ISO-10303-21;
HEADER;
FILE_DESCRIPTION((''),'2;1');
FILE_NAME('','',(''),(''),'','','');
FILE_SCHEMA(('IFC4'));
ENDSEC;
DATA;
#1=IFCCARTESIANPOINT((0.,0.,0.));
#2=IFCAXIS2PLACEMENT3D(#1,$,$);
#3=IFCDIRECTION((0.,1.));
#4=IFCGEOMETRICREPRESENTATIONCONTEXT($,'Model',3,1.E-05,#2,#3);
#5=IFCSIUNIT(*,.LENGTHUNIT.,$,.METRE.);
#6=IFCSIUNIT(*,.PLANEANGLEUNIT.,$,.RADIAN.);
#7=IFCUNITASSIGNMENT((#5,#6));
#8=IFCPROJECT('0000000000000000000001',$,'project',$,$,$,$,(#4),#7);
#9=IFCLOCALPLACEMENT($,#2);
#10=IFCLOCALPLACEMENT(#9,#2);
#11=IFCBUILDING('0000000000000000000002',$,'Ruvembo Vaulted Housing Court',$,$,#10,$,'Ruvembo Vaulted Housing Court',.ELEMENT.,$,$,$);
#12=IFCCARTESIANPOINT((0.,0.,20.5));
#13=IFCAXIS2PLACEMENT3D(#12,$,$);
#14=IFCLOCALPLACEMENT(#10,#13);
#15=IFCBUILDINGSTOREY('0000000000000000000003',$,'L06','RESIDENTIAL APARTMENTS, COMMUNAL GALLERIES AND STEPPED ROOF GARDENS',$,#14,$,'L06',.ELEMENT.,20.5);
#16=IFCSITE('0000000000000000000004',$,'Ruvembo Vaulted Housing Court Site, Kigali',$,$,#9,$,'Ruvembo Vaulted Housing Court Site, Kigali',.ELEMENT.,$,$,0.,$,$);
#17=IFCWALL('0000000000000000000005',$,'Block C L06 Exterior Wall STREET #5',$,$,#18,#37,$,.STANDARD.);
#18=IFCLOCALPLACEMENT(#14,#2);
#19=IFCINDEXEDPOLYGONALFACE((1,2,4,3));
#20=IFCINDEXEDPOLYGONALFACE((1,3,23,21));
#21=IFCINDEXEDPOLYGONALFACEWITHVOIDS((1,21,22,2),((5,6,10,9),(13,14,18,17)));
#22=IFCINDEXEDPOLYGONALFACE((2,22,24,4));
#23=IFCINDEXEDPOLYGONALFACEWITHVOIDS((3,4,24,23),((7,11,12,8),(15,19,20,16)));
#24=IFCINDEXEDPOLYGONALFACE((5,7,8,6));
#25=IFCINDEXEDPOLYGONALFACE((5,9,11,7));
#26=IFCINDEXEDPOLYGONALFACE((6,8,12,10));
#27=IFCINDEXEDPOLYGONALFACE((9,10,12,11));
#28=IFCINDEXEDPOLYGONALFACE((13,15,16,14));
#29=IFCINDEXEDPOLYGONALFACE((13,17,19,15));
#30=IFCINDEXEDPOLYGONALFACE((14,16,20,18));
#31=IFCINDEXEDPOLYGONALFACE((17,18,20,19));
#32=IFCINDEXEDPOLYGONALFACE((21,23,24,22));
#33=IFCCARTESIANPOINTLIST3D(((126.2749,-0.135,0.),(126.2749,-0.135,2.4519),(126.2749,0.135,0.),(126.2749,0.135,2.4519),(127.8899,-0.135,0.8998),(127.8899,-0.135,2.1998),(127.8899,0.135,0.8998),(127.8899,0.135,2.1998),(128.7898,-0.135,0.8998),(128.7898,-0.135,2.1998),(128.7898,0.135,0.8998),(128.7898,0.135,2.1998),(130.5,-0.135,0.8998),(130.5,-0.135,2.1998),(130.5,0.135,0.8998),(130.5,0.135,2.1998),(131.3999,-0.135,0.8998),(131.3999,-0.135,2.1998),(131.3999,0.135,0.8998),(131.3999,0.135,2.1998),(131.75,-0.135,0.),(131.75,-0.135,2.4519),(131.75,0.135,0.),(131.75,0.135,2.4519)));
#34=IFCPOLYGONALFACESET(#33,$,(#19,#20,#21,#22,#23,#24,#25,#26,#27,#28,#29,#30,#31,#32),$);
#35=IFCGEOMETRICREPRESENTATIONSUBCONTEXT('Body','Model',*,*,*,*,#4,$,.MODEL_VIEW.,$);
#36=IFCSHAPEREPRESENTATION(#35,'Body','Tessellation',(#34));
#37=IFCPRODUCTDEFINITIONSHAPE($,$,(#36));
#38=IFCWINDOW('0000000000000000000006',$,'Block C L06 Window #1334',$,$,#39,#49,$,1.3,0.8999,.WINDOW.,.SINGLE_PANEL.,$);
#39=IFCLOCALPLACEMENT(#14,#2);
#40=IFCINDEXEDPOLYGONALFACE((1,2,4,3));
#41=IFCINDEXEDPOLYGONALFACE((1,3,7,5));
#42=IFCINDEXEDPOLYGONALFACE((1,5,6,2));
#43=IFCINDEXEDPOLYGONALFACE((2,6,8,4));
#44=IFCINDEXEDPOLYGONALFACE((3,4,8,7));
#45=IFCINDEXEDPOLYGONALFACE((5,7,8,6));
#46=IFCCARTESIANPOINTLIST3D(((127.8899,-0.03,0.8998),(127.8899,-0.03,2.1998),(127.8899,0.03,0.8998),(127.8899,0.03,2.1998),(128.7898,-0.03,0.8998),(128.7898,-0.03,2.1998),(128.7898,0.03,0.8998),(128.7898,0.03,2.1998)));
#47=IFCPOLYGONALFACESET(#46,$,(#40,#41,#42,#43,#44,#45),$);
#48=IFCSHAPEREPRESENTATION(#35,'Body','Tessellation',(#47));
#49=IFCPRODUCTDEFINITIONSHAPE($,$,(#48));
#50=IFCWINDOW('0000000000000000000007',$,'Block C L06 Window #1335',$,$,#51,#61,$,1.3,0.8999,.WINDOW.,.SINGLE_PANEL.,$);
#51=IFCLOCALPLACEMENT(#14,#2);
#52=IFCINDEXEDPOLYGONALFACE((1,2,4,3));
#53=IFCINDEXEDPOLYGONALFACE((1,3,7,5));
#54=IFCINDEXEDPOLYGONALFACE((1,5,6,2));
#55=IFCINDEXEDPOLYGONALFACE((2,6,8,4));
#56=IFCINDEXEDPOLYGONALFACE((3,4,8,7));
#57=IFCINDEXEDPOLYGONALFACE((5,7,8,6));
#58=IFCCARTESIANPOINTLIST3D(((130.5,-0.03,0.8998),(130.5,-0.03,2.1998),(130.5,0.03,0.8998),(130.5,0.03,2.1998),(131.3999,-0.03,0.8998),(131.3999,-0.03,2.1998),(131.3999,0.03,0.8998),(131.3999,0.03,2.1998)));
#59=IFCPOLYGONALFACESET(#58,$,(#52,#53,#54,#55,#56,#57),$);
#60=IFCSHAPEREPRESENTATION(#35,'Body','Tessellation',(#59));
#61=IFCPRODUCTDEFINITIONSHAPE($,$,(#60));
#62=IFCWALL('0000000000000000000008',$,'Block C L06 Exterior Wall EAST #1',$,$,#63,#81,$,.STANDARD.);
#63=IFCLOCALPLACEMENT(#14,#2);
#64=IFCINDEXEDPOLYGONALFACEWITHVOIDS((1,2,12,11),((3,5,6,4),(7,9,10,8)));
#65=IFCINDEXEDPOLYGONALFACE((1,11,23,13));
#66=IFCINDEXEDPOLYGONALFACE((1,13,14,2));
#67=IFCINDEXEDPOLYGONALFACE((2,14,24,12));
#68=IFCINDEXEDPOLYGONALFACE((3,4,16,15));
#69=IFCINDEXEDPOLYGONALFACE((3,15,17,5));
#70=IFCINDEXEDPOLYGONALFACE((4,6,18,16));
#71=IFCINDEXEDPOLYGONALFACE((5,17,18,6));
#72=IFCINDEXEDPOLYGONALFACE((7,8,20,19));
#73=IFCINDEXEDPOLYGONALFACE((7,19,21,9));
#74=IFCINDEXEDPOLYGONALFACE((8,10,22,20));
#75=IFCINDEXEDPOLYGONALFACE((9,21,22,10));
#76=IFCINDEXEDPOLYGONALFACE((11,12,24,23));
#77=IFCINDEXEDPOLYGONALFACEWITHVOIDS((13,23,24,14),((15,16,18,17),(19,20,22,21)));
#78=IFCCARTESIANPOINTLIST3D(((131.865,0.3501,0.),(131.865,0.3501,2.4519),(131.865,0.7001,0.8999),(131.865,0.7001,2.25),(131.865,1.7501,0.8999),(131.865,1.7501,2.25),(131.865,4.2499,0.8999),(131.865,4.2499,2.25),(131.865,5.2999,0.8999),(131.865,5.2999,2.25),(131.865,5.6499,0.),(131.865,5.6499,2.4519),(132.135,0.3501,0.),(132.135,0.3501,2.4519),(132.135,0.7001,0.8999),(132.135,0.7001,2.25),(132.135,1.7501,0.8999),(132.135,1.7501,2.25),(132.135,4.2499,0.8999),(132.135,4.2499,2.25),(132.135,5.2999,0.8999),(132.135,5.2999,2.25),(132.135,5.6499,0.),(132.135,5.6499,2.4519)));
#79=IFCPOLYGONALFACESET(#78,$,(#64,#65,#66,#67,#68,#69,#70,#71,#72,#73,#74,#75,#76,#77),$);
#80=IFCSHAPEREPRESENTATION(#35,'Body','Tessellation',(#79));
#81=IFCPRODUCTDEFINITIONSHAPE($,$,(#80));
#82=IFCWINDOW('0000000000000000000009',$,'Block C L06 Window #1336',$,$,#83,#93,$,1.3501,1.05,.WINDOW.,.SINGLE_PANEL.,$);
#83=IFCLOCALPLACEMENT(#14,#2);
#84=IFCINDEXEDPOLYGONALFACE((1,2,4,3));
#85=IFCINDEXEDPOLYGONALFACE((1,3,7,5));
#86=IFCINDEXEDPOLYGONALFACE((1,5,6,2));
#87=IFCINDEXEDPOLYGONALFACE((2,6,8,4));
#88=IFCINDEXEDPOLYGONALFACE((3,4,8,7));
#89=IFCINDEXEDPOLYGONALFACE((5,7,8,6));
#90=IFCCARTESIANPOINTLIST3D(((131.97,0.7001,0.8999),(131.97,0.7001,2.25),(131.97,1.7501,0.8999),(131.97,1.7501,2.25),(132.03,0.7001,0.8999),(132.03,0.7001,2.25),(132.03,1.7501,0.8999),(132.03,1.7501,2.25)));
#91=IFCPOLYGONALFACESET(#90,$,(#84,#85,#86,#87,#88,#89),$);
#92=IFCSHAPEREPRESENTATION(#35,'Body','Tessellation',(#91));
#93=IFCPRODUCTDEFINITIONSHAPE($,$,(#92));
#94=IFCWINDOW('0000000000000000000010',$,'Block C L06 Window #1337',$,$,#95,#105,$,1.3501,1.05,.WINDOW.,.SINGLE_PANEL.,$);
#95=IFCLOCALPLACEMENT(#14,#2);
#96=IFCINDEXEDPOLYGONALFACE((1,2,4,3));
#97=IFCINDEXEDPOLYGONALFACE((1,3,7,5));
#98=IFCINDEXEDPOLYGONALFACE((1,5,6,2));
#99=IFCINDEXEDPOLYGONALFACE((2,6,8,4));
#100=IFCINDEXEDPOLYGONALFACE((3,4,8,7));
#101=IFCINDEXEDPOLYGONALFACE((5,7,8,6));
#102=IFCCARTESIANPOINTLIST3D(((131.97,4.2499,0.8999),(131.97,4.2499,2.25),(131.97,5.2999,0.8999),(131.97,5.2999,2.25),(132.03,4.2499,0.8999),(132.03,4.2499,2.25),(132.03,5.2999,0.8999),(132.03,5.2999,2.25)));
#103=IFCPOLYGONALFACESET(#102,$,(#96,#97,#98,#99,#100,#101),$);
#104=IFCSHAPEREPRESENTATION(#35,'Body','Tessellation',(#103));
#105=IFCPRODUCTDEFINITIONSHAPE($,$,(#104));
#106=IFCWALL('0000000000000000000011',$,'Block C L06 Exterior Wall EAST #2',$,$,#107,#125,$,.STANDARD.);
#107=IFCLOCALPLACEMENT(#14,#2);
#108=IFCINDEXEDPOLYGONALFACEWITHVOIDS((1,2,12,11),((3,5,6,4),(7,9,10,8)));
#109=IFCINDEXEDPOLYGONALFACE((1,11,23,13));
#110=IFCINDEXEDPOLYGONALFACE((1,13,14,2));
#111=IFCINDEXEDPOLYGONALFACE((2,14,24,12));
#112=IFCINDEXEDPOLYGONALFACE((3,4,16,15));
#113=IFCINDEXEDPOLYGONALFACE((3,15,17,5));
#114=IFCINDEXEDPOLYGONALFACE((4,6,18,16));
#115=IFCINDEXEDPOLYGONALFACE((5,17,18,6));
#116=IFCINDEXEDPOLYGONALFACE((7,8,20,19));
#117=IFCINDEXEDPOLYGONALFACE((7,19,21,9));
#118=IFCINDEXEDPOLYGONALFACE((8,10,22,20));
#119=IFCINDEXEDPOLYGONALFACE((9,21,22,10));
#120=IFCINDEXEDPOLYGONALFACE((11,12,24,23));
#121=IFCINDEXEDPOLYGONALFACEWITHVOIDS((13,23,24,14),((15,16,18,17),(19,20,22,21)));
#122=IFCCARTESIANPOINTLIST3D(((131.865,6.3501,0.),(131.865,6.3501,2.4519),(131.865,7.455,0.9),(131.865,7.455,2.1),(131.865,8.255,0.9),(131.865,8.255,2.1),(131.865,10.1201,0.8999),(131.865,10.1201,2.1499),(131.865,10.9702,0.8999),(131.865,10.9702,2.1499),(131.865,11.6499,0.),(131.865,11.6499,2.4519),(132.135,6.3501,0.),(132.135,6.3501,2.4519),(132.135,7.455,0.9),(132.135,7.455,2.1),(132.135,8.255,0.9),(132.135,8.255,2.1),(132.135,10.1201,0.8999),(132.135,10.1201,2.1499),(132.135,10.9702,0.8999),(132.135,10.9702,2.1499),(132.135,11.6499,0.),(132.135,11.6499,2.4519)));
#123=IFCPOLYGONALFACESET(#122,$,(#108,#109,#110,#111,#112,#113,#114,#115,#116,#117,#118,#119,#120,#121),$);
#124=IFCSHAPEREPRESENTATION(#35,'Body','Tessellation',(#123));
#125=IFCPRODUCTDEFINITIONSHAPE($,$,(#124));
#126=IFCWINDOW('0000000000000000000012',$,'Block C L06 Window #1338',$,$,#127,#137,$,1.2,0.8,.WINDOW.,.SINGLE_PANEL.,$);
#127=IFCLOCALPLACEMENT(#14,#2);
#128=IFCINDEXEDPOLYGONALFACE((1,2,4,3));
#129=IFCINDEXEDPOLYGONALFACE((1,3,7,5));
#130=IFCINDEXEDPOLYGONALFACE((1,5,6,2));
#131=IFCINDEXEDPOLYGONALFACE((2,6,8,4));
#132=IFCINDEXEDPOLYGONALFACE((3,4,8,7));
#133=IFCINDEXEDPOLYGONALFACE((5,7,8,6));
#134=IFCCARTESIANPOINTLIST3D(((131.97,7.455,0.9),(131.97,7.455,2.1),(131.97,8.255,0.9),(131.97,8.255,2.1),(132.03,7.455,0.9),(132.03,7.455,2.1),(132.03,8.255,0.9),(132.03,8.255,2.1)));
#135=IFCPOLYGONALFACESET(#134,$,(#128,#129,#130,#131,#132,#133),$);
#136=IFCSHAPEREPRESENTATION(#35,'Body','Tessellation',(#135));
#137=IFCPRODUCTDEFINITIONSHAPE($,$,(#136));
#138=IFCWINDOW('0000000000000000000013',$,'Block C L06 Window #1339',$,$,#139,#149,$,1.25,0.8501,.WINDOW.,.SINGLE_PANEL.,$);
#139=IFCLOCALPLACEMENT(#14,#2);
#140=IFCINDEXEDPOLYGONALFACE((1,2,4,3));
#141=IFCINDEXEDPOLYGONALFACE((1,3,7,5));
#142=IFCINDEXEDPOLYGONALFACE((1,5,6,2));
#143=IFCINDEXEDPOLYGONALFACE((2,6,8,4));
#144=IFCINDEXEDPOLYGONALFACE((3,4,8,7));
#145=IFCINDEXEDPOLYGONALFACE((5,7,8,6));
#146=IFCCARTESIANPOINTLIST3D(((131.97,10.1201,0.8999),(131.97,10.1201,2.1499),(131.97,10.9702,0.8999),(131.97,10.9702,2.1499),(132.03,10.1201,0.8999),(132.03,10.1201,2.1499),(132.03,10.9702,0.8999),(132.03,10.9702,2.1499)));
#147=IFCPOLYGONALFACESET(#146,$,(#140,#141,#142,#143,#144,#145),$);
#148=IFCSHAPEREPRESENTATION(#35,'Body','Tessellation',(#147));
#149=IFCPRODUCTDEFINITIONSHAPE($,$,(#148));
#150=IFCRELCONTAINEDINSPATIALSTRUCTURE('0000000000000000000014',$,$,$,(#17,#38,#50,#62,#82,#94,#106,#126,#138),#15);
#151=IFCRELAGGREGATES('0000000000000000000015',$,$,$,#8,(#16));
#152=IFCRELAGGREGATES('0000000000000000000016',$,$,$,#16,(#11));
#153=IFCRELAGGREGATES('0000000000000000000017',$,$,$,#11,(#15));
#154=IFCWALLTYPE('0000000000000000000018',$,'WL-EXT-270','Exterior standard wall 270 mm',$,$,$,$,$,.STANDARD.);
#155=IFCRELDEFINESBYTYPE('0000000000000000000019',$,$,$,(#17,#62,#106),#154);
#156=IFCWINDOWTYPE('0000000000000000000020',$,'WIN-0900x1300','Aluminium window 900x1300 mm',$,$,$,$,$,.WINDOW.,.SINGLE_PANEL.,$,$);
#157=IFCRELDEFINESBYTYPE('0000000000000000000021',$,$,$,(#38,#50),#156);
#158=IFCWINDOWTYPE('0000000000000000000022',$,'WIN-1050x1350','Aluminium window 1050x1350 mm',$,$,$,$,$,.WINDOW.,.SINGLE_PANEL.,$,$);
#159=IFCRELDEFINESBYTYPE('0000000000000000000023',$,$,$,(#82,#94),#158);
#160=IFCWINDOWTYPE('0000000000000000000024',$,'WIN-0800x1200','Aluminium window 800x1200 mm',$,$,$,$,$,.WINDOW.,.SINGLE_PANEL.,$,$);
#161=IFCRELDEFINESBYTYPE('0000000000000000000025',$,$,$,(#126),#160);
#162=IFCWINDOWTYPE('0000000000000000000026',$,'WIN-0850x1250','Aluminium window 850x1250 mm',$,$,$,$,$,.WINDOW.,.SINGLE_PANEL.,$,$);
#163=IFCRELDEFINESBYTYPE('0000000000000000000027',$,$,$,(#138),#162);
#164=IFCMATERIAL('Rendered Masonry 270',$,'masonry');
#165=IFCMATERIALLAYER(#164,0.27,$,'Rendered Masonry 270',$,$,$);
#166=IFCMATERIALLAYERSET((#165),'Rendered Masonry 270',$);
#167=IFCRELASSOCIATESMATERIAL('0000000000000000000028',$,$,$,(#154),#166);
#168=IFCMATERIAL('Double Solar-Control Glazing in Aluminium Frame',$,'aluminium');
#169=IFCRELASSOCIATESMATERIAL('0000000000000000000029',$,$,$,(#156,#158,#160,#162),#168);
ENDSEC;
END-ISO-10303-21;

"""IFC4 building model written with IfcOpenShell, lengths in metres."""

from ifc_helpers import new_model, si_unit, direction, frame, frame_2d, origin, place, context, subcontext, project, spatial, rectangle, extrude, material, layer, layer_set, type_object, element, fill, save


model = new_model("IFC4")

# Units and contexts
model_context = context("Model", 3, precision=1e-05, world=origin(), true_north=direction((0.0, 1.0)))
body_context = subcontext(model_context, "Body", "Model", "MODEL_VIEW")
ifc_project = project(units=[si_unit("LENGTHUNIT", "METRE"), si_unit("PLANEANGLEUNIT", "RADIAN")], contexts=[model_context])

# Site, building, storey
site_placement = place(None, origin())
site = spatial("IfcSite", under=ifc_project, at=site_placement, Name="Ruvembo Vaulted Housing Court Site, Kigali", LongName="Ruvembo Vaulted Housing Court Site, Kigali", CompositionType="ELEMENT", RefElevation=0.0)
building_placement = place(site_placement, origin())
building = spatial("IfcBuilding", under=site, at=building_placement, Name="Ruvembo Vaulted Housing Court", LongName="Ruvembo Vaulted Housing Court", CompositionType="ELEMENT")
storey_placement = place(building_placement, frame((0.0, 0.0, 20.5)))
storey = spatial("IfcBuildingStorey", under=building, at=storey_placement, Name="L06", Description="RESIDENTIAL APARTMENTS, COMMUNAL GALLERIES AND STEPPED ROOF GARDENS", LongName="L06", CompositionType="ELEMENT", Elevation=20.5)

# Walls, openings, windows
ifc_material_1 = material(Name="Rendered Masonry 270", Category="masonry")
ifc_layer_1 = layer(ifc_material_1, 0.27, Name="Rendered Masonry 270")
ifc_layer_set_1 = layer_set([ifc_layer_1], Name="Rendered Masonry 270")
wall_type_1 = type_object("IfcWallType", Name="WL-EXT-270", Description="Exterior standard wall 270 mm", PredefinedType="STANDARD", material=ifc_layer_set_1)
wall_1_placement = place(storey_placement, frame((126.2749, 0.0, 0.0), z_axis=(0.0, 0.0, 1.0), x_axis=(1.0, 0.0, 0.0)))
wall_1 = element("IfcWall", 1, at=wall_1_placement, inside=storey, type_object=wall_type_1, Name="Block C L06 Exterior Wall STREET #5", PredefinedType="STANDARD", context=body_context, shape_type="SweptSolid", body=[
    extrude(rectangle(XDim=5.4751, YDim=0.27, at=frame_2d((2.7375, 0.0))), origin(), (0.0, 0.0, 1.0), 2.4519),
])
opening_1_placement = place(wall_1_placement, frame((1.615, 0.0, 0.8999)))
opening_1 = element("IfcOpeningElement", 2, at=opening_1_placement, cuts=wall_1, PredefinedType="OPENING", context=body_context, shape_type="SweptSolid", body=[
    extrude(rectangle(XDim=0.8999, YDim=1.3, at=frame_2d((0.45, 0.6499))), frame((0.0, 0.145, 0.0), z_axis=(0.0, -1.0, 0.0), x_axis=(1.0, 0.0, 0.0)), (0.0, 0.0, 1.0), 0.29),
])
opening_2_placement = place(wall_1_placement, frame((4.2251, 0.0, 0.8999)))
opening_2 = element("IfcOpeningElement", 3, at=opening_2_placement, cuts=wall_1, PredefinedType="OPENING", context=body_context, shape_type="SweptSolid", body=[
    extrude(rectangle(XDim=0.8999, YDim=1.3, at=frame_2d((0.45, 0.6499))), frame((0.0, 0.145, 0.0), z_axis=(0.0, -1.0, 0.0), x_axis=(1.0, 0.0, 0.0)), (0.0, 0.0, 1.0), 0.29),
])
ifc_material_2 = material(Name="Double Solar-Control Glazing in Aluminium Frame", Category="aluminium")
window_type_1 = type_object("IfcWindowType", Name="WIN-0900x1300", Description="Aluminium window 900x1300 mm", PartitioningType="SINGLE_PANEL", PredefinedType="WINDOW", material=ifc_material_2)
window_1_placement = place(opening_1_placement, origin())
window_1 = element("IfcWindow", 4, at=window_1_placement, inside=storey, type_object=window_type_1, Name="Block C L06 Window #1334", OverallHeight=1.3, OverallWidth=0.8999, PartitioningType="SINGLE_PANEL", PredefinedType="WINDOW", context=body_context, shape_type="SweptSolid", body=[
    extrude(rectangle(XDim=0.8999, YDim=1.3, at=frame_2d((0.45, 0.6499))), frame((0.0, 0.03, 0.0), z_axis=(0.0, -1.0, 0.0), x_axis=(1.0, 0.0, 0.0)), (0.0, 0.0, 1.0), 0.0601),
])
fill(opening_1, window_1)
window_2_placement = place(opening_2_placement, origin())
window_2 = element("IfcWindow", 5, at=window_2_placement, inside=storey, type_object=window_type_1, Name="Block C L06 Window #1335", OverallHeight=1.3, OverallWidth=0.8999, PartitioningType="SINGLE_PANEL", PredefinedType="WINDOW", context=body_context, shape_type="SweptSolid", body=[
    extrude(rectangle(XDim=0.8999, YDim=1.3, at=frame_2d((0.45, 0.6499))), frame((0.0, 0.03, 0.0), z_axis=(0.0, -1.0, 0.0), x_axis=(1.0, 0.0, 0.0)), (0.0, 0.0, 1.0), 0.0601),
])
fill(opening_2, window_2)
wall_2_placement = place(storey_placement, frame((132.0, 0.3501, 0.0), z_axis=(0.0, 0.0, 1.0), x_axis=(0.0, 1.0, 0.0)))
wall_2 = element("IfcWall", 6, at=wall_2_placement, inside=storey, type_object=wall_type_1, Name="Block C L06 Exterior Wall EAST #1", PredefinedType="STANDARD", context=body_context, shape_type="SweptSolid", body=[
    extrude(rectangle(XDim=5.2998, YDim=0.27, at=frame_2d((2.6499, 0.0))), origin(), (0.0, 0.0, 1.0), 2.4519),
])
opening_3_placement = place(wall_2_placement, frame((0.3501, 0.0, 0.8999)))
opening_3 = element("IfcOpeningElement", 7, at=opening_3_placement, cuts=wall_2, PredefinedType="OPENING", context=body_context, shape_type="SweptSolid", body=[
    extrude(rectangle(XDim=1.05, YDim=1.3501, at=frame_2d((0.5249, 0.675))), frame((0.0, 0.145, 0.0), z_axis=(0.0, -1.0, 0.0), x_axis=(1.0, 0.0, 0.0)), (0.0, 0.0, 1.0), 0.29),
])
opening_4_placement = place(wall_2_placement, frame((3.8999, 0.0, 0.8999)))
opening_4 = element("IfcOpeningElement", 8, at=opening_4_placement, cuts=wall_2, PredefinedType="OPENING", context=body_context, shape_type="SweptSolid", body=[
    extrude(rectangle(XDim=1.05, YDim=1.3501, at=frame_2d((0.5249, 0.675))), frame((0.0, 0.145, 0.0), z_axis=(0.0, -1.0, 0.0), x_axis=(1.0, 0.0, 0.0)), (0.0, 0.0, 1.0), 0.29),
])
window_type_2 = type_object("IfcWindowType", Name="WIN-1050x1350", Description="Aluminium window 1050x1350 mm", PartitioningType="SINGLE_PANEL", PredefinedType="WINDOW", material=ifc_material_2)
window_3_placement = place(opening_3_placement, origin())
window_3 = element("IfcWindow", 9, at=window_3_placement, inside=storey, type_object=window_type_2, Name="Block C L06 Window #1336", OverallHeight=1.3501, OverallWidth=1.05, PartitioningType="SINGLE_PANEL", PredefinedType="WINDOW", context=body_context, shape_type="SweptSolid", body=[
    extrude(rectangle(XDim=1.05, YDim=1.3501, at=frame_2d((0.5249, 0.675))), frame((0.0, 0.03, 0.0), z_axis=(0.0, -1.0, 0.0), x_axis=(1.0, 0.0, 0.0)), (0.0, 0.0, 1.0), 0.0601),
])
fill(opening_3, window_3)
window_4_placement = place(opening_4_placement, origin())
window_4 = element("IfcWindow", 10, at=window_4_placement, inside=storey, type_object=window_type_2, Name="Block C L06 Window #1337", OverallHeight=1.3501, OverallWidth=1.05, PartitioningType="SINGLE_PANEL", PredefinedType="WINDOW", context=body_context, shape_type="SweptSolid", body=[
    extrude(rectangle(XDim=1.05, YDim=1.3501, at=frame_2d((0.5249, 0.675))), frame((0.0, 0.03, 0.0), z_axis=(0.0, -1.0, 0.0), x_axis=(1.0, 0.0, 0.0)), (0.0, 0.0, 1.0), 0.0601),
])
fill(opening_4, window_4)
wall_3_placement = place(storey_placement, frame((132.0, 6.3501, 0.0), z_axis=(0.0, 0.0, 1.0), x_axis=(0.0, 1.0, 0.0)))
wall_3 = element("IfcWall", 11, at=wall_3_placement, inside=storey, type_object=wall_type_1, Name="Block C L06 Exterior Wall EAST #2", PredefinedType="STANDARD", context=body_context, shape_type="SweptSolid", body=[
    extrude(rectangle(XDim=5.2998, YDim=0.27, at=frame_2d((2.6499, 0.0))), origin(), (0.0, 0.0, 1.0), 2.4519),
])
opening_5_placement = place(wall_3_placement, frame((1.105, 0.0, 0.8999)))
opening_5 = element("IfcOpeningElement", 12, at=opening_5_placement, cuts=wall_3, PredefinedType="OPENING", context=body_context, shape_type="SweptSolid", body=[
    extrude(rectangle(XDim=0.8, YDim=1.2, at=frame_2d((0.3999, 0.6001))), frame((0.0, 0.145, 0.0), z_axis=(0.0, -1.0, 0.0), x_axis=(1.0, 0.0, 0.0)), (0.0, 0.0, 1.0), 0.29),
])
opening_6_placement = place(wall_3_placement, frame((3.77, 0.0, 0.8999)))
opening_6 = element("IfcOpeningElement", 13, at=opening_6_placement, cuts=wall_3, PredefinedType="OPENING", context=body_context, shape_type="SweptSolid", body=[
    extrude(rectangle(XDim=0.8501, YDim=1.25, at=frame_2d((0.425, 0.625))), frame((0.0, 0.145, 0.0), z_axis=(0.0, -1.0, 0.0), x_axis=(1.0, 0.0, 0.0)), (0.0, 0.0, 1.0), 0.29),
])
window_type_3 = type_object("IfcWindowType", Name="WIN-0800x1200", Description="Aluminium window 800x1200 mm", PartitioningType="SINGLE_PANEL", PredefinedType="WINDOW", material=ifc_material_2)
window_5_placement = place(opening_5_placement, origin())
window_5 = element("IfcWindow", 14, at=window_5_placement, inside=storey, type_object=window_type_3, Name="Block C L06 Window #1338", OverallHeight=1.2, OverallWidth=0.8, PartitioningType="SINGLE_PANEL", PredefinedType="WINDOW", context=body_context, shape_type="SweptSolid", body=[
    extrude(rectangle(XDim=0.8, YDim=1.2, at=frame_2d((0.3999, 0.6001))), frame((0.0, 0.03, 0.0), z_axis=(0.0, -1.0, 0.0), x_axis=(1.0, 0.0, 0.0)), (0.0, 0.0, 1.0), 0.0601),
])
fill(opening_5, window_5)
window_type_4 = type_object("IfcWindowType", Name="WIN-0850x1250", Description="Aluminium window 850x1250 mm", PartitioningType="SINGLE_PANEL", PredefinedType="WINDOW", material=ifc_material_2)
window_6_placement = place(opening_6_placement, origin())
window_6 = element("IfcWindow", 15, at=window_6_placement, inside=storey, type_object=window_type_4, Name="Block C L06 Window #1339", OverallHeight=1.25, OverallWidth=0.8501, PartitioningType="SINGLE_PANEL", PredefinedType="WINDOW", context=body_context, shape_type="SweptSolid", body=[
    extrude(rectangle(XDim=0.8501, YDim=1.25, at=frame_2d((0.425, 0.625))), frame((0.0, 0.03, 0.0), z_axis=(0.0, -1.0, 0.0), x_axis=(1.0, 0.0, 0.0)), (0.0, 0.0, 1.0), 0.0601),
])
fill(opening_6, window_6)

save(model, "model.ifc")
